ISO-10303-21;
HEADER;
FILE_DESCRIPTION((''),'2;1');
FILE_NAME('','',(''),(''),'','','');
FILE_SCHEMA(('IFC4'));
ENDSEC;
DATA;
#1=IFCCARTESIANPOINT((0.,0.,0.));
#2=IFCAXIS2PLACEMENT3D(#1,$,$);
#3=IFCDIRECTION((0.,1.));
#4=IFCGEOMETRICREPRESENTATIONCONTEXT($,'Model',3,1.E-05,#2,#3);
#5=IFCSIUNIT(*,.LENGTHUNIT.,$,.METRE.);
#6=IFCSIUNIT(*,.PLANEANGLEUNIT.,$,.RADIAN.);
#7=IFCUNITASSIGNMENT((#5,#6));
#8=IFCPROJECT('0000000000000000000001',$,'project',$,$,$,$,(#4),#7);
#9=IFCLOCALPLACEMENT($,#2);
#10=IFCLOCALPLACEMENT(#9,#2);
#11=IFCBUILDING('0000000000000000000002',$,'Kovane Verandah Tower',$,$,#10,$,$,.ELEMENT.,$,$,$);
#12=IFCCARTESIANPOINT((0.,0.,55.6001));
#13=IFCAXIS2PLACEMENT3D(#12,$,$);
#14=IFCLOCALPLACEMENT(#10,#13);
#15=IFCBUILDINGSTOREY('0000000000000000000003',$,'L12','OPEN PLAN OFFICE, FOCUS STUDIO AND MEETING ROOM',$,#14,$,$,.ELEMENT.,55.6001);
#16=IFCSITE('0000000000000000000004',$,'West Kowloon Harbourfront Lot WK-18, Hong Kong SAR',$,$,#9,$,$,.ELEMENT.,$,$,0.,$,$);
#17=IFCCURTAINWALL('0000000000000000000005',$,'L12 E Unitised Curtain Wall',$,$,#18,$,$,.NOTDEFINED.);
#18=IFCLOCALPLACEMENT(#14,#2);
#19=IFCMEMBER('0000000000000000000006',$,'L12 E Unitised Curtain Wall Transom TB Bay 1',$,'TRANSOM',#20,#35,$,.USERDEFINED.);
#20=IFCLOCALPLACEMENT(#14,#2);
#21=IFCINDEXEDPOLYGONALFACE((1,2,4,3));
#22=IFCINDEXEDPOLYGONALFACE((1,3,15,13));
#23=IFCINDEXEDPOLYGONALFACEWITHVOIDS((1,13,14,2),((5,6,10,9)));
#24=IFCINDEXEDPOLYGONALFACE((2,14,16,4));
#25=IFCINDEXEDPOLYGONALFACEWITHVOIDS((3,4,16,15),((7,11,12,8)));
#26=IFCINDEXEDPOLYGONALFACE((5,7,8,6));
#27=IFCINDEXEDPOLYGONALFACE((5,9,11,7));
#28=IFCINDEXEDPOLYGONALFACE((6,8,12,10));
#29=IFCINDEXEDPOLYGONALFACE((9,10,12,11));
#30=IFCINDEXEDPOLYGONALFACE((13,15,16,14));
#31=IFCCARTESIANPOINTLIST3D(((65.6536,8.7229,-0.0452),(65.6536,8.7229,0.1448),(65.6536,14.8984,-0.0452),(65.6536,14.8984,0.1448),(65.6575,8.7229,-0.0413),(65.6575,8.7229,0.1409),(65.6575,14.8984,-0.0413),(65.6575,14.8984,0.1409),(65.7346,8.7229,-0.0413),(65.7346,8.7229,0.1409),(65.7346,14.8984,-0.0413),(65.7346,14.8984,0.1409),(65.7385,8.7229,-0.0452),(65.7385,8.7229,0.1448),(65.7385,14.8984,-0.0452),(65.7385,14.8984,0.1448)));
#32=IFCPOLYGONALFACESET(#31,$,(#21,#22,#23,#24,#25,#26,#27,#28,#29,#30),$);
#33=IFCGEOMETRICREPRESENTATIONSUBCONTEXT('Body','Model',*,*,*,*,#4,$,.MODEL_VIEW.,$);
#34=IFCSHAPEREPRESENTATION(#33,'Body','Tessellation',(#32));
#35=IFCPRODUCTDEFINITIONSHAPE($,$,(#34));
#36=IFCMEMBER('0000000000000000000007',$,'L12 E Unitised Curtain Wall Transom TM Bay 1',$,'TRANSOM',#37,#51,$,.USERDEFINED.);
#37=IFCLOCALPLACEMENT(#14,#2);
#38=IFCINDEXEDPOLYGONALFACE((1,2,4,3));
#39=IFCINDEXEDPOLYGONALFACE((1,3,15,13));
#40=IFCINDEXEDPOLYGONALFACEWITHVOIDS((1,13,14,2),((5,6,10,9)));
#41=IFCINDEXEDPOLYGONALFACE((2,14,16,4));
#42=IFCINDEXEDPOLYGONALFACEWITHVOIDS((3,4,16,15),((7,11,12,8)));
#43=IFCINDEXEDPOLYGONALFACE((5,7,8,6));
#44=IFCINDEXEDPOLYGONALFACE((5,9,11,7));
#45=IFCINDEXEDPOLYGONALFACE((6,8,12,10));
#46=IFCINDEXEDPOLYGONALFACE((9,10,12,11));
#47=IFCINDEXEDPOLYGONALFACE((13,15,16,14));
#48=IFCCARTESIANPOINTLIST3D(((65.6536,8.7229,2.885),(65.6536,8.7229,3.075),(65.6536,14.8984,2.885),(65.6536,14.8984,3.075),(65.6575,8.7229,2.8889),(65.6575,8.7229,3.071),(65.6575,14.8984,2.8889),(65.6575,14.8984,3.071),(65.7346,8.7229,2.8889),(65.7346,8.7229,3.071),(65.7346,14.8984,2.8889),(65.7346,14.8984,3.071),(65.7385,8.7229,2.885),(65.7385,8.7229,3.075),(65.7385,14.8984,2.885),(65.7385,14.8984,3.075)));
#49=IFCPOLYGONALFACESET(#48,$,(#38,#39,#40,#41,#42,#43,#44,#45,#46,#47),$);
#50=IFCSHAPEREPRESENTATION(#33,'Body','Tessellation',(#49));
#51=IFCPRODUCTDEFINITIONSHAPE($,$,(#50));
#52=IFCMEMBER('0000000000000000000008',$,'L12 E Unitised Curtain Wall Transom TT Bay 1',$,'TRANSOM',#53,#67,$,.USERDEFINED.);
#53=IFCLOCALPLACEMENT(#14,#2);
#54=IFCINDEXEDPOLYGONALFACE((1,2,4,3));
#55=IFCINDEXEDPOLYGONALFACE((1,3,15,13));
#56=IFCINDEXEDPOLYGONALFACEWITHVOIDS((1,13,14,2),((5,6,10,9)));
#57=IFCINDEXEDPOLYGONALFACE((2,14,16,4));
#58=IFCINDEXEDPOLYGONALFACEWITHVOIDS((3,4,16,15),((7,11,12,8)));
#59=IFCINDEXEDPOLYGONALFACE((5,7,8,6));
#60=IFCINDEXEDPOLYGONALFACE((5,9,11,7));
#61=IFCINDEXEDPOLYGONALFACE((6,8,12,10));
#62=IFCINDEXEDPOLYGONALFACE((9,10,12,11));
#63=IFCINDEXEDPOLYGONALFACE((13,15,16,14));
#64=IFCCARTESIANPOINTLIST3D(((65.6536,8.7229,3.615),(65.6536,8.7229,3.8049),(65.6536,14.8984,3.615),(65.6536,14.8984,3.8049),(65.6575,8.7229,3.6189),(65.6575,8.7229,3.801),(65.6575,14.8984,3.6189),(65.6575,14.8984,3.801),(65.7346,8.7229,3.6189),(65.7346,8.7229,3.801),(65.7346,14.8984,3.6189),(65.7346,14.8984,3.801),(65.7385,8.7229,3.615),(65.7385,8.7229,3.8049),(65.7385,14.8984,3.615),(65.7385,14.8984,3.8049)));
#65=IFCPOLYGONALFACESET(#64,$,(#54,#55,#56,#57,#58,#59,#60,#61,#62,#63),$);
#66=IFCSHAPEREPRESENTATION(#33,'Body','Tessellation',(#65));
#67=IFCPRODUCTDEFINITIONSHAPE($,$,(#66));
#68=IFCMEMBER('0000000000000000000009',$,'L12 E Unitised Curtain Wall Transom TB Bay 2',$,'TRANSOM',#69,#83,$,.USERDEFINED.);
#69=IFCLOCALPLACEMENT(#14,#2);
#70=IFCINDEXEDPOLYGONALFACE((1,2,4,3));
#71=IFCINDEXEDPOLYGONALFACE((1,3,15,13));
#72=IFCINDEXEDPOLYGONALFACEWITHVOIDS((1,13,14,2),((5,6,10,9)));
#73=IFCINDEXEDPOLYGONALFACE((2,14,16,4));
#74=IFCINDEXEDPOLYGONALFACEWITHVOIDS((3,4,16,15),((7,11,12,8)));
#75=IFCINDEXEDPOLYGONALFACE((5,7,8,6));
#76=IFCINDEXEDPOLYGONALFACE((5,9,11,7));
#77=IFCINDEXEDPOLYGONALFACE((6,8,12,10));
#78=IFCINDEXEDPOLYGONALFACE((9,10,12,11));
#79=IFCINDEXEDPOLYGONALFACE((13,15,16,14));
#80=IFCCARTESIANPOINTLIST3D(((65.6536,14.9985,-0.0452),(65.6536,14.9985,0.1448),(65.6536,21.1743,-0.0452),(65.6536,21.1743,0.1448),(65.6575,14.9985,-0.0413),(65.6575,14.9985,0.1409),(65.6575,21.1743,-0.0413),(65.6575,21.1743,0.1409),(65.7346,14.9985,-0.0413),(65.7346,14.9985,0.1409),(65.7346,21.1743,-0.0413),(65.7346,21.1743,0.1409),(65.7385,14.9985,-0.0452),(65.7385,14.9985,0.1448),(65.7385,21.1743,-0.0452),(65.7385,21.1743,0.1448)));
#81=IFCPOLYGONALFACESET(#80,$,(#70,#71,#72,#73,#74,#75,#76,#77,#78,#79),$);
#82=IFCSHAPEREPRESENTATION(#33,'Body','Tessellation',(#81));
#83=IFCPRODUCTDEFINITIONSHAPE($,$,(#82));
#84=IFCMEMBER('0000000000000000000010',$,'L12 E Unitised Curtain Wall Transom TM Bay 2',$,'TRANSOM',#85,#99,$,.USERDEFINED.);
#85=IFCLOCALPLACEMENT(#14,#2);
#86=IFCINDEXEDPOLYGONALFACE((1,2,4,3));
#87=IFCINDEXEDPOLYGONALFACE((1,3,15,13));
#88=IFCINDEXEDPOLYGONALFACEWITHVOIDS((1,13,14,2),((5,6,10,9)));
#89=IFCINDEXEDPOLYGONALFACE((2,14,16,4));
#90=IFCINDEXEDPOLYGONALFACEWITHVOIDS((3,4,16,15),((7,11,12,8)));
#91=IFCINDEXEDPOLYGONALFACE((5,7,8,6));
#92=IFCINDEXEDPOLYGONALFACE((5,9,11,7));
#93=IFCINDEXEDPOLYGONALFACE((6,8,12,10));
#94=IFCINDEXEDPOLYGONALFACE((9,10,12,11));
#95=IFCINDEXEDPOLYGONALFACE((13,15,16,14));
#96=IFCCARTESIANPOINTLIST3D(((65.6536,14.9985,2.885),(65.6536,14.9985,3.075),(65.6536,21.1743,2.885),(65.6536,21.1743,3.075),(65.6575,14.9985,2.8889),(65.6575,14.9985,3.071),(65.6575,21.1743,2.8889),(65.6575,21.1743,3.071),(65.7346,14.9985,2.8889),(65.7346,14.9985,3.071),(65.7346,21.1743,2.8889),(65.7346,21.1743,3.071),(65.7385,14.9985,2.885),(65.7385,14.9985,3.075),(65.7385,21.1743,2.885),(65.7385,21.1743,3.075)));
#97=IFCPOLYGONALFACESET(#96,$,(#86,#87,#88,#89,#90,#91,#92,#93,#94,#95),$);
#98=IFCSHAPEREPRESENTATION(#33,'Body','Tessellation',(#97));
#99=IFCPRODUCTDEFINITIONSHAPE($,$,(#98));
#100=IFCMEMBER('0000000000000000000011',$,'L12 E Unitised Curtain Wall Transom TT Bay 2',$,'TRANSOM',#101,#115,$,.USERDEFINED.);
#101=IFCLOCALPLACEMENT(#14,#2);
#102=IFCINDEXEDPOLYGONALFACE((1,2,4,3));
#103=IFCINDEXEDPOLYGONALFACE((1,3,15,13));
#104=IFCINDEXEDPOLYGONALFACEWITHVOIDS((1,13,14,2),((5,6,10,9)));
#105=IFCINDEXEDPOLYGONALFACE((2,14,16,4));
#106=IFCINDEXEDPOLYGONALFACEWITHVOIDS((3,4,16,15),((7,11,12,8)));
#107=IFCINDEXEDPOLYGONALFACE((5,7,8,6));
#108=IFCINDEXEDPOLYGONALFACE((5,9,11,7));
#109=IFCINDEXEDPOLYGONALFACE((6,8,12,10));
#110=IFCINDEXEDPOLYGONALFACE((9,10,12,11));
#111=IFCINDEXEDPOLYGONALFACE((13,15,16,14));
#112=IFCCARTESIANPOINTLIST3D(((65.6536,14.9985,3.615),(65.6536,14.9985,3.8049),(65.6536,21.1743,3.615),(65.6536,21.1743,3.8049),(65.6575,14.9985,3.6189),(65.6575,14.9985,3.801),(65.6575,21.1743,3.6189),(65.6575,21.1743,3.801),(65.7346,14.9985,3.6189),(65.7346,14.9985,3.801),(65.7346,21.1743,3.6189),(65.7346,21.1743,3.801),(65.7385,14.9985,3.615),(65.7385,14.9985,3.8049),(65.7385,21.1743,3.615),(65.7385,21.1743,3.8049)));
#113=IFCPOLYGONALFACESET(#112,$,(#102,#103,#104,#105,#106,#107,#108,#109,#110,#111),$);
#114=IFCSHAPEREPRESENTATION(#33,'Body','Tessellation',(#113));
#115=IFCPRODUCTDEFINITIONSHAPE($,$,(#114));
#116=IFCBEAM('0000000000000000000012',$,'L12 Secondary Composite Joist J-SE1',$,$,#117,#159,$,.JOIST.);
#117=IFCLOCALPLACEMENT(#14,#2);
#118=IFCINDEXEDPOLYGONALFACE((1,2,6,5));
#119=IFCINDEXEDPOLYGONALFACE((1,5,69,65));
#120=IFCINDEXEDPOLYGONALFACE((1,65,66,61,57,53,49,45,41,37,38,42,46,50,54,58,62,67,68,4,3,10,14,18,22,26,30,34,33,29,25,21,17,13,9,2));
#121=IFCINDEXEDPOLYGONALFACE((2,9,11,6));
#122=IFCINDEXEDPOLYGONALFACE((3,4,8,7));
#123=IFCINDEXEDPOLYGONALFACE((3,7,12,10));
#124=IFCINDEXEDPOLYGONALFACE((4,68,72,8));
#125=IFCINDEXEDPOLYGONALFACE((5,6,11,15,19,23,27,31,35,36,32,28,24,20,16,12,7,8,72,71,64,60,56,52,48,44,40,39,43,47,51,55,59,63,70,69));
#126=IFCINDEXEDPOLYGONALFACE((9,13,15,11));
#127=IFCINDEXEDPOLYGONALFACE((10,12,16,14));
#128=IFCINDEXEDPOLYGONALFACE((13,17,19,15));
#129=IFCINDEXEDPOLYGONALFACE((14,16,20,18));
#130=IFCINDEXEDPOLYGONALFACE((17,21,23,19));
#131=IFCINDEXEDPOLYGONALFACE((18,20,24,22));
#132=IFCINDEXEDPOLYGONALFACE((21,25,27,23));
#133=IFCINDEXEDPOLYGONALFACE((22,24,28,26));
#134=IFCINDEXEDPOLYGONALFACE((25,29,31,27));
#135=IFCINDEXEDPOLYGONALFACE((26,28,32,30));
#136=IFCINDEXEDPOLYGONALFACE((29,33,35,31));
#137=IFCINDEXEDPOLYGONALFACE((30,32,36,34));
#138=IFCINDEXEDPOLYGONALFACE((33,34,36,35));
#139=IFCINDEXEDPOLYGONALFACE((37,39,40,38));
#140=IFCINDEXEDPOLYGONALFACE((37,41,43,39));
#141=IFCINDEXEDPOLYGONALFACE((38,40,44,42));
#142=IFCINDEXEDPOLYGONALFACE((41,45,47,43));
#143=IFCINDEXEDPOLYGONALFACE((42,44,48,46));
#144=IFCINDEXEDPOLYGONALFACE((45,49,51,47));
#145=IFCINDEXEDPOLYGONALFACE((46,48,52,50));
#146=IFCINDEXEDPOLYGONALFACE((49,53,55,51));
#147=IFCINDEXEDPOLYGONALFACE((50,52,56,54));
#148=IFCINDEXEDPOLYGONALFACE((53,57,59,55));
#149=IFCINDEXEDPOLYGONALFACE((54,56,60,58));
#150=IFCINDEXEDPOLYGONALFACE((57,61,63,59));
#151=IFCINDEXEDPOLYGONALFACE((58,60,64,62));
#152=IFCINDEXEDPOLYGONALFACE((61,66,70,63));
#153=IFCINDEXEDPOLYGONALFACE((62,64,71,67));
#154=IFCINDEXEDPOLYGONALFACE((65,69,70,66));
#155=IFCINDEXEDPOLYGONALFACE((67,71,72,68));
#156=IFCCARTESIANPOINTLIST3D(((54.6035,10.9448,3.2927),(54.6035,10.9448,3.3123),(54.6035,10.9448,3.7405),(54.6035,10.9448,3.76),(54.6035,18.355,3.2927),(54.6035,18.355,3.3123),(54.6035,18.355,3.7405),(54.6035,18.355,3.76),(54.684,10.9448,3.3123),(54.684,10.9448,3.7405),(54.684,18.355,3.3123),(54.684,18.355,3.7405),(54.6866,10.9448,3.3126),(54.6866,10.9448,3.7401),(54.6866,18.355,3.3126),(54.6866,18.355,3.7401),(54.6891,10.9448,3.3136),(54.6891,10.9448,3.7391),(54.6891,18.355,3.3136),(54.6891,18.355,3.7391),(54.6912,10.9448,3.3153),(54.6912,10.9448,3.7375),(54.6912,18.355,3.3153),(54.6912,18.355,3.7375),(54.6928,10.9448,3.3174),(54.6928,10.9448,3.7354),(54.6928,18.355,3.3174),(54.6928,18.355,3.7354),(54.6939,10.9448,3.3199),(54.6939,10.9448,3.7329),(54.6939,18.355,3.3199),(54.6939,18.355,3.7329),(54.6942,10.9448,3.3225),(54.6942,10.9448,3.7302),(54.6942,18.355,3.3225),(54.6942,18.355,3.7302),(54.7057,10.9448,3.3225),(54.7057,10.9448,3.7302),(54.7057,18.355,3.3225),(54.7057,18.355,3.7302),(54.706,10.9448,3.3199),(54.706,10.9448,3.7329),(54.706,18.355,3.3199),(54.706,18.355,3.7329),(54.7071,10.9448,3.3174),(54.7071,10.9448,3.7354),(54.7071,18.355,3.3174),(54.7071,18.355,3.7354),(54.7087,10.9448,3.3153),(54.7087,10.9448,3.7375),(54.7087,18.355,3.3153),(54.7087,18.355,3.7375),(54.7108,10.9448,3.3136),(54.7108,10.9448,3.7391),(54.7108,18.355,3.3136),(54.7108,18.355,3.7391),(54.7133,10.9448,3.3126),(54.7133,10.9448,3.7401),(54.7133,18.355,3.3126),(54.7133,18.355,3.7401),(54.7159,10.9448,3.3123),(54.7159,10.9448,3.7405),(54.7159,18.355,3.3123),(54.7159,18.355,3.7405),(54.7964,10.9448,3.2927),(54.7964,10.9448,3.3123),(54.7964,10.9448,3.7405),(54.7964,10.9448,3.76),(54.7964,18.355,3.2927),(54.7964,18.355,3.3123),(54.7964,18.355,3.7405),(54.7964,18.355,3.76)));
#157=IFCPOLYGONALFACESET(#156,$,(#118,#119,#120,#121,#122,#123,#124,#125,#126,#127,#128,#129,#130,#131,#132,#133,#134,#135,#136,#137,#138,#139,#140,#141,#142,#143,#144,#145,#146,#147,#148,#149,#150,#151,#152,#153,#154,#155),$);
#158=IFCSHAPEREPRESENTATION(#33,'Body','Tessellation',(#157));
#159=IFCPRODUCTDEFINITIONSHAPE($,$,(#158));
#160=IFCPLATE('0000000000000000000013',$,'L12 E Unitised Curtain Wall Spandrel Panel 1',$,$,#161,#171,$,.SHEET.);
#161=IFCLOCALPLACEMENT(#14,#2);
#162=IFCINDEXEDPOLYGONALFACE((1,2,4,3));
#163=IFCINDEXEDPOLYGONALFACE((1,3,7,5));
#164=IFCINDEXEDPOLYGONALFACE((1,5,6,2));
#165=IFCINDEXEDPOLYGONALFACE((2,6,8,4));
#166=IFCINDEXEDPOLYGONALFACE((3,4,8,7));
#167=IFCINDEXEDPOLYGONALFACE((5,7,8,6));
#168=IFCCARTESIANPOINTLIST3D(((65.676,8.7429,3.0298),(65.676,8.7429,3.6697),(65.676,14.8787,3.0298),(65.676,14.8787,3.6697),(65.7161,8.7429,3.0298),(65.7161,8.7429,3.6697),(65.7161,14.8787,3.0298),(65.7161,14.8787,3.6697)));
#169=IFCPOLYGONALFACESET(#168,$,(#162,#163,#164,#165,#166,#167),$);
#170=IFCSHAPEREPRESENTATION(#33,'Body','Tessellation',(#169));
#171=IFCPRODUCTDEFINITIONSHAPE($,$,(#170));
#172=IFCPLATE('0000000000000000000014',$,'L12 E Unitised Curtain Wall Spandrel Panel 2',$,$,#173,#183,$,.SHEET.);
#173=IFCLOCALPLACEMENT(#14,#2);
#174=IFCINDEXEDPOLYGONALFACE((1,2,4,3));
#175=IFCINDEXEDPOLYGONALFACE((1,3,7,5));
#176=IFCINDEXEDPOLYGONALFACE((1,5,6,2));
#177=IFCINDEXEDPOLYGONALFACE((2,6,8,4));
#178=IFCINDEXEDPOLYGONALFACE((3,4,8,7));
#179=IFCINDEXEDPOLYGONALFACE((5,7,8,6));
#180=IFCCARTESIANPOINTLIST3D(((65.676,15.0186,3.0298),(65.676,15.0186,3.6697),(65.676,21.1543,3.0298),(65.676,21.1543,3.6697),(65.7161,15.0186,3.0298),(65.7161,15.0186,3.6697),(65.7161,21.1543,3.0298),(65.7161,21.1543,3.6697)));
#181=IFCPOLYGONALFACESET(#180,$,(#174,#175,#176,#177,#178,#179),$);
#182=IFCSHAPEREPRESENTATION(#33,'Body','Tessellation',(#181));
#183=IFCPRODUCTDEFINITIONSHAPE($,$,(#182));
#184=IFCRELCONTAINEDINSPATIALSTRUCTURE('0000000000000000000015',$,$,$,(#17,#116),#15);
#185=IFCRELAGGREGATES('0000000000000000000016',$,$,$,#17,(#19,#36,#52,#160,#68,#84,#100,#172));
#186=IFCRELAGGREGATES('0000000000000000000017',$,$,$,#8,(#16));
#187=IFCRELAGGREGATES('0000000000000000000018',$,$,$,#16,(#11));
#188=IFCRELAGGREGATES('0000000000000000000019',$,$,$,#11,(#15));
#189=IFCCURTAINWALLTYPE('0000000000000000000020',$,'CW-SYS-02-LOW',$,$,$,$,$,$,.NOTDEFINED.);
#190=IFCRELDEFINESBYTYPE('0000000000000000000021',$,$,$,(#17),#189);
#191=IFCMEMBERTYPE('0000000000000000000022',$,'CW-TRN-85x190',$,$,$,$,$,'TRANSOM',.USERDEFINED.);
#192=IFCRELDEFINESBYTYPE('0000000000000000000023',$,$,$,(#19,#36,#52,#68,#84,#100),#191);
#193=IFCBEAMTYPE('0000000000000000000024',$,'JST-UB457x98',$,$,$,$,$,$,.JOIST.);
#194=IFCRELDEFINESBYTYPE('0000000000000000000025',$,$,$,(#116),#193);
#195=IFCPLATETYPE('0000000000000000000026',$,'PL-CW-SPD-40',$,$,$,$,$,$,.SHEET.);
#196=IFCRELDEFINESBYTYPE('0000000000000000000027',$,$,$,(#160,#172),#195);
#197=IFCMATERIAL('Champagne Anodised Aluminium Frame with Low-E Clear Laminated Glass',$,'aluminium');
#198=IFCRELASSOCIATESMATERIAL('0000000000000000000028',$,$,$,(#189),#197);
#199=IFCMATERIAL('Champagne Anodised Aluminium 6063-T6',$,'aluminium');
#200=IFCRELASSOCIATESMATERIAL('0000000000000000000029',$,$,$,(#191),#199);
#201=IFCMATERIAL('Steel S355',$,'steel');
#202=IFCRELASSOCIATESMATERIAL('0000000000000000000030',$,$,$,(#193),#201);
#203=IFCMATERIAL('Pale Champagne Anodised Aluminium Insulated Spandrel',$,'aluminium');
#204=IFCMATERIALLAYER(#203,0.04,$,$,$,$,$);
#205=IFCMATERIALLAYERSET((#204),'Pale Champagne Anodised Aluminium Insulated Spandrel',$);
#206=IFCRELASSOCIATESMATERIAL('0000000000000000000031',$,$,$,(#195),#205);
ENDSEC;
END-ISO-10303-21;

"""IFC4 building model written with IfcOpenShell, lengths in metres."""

from ifc_helpers import new_model, si_unit, direction, frame, origin, origin_2d, place, context, subcontext, project, spatial, rectangle, hollow_rectangle, i_section, extrude, material, layer, layer_set, material_profile, profile_set, type_object, element, aggregate, save


model = new_model("IFC4")

# Units and contexts
model_context = context("Model", 3, precision=1e-05, world=origin(), true_north=direction((0.0, 1.0)))
body_context = subcontext(model_context, "Body", "Model", "MODEL_VIEW")
ifc_project = project(units=[si_unit("LENGTHUNIT", "METRE"), si_unit("PLANEANGLEUNIT", "RADIAN")], contexts=[model_context])

# Site, building, storey
site_placement = place(None, origin())
site = spatial("IfcSite", under=ifc_project, at=site_placement, Name="West Kowloon Harbourfront Lot WK-18, Hong Kong SAR", CompositionType="ELEMENT", RefElevation=0.0)
building_placement = place(site_placement, origin())
building = spatial("IfcBuilding", under=site, at=building_placement, Name="Kovane Verandah Tower", CompositionType="ELEMENT")
storey_placement = place(building_placement, frame((0.0, 0.0, 55.6001)))
storey = spatial("IfcBuildingStorey", under=building, at=storey_placement, Name="L12", Description="OPEN PLAN OFFICE, FOCUS STUDIO AND MEETING ROOM", CompositionType="ELEMENT", Elevation=55.6001)

# Shared definitions
ifc_material_1 = material(Name="Steel S355", Category="steel")

# Curtain wall, members
ifc_material_2 = material(Name="Champagne Anodised Aluminium Frame with Low-E Clear Laminated Glass", Category="aluminium")
curtain_wall_type = type_object("IfcCurtainWallType", Name="CW-SYS-02-LOW", PredefinedType="NOTDEFINED", material=ifc_material_2)
curtain_wall_placement = place(storey_placement, origin())
curtain_wall = element("IfcCurtainWall", 1, at=curtain_wall_placement, inside=storey, type_object=curtain_wall_type, Name="L12 E Unitised Curtain Wall", PredefinedType="NOTDEFINED")
ifc_material_3 = material(Name="Champagne Anodised Aluminium 6063-T6", Category="aluminium")
ifc_material_profile_1 = material_profile(ifc_material_3, hollow_rectangle(XDim=0.085, YDim=0.1899, WallThickness=0.0039, at=origin_2d()), Name="AL85x190x4")
ifc_profile_set_1 = profile_set([ifc_material_profile_1], Name="Champagne Anodised Aluminium 6063-T6")
member_type_1 = type_object("IfcMemberType", Name="CW-TRN-85x190", ElementType="TRANSOM", PredefinedType="USERDEFINED", material=ifc_profile_set_1)
member_1_placement = place(storey_placement, frame((65.696, 8.7229, 0.0498), z_axis=(0.0, 1.0, 0.0), x_axis=(-1.0, 0.0, 0.0)))
member_1 = element("IfcMember", 2, at=member_1_placement, type_object=member_type_1, Name="L12 E Unitised Curtain Wall Transom TB Bay 1", ObjectType="TRANSOM", PredefinedType="USERDEFINED", context=body_context, shape_type="SweptSolid", body=[
    extrude(hollow_rectangle(XDim=0.085, YDim=0.1899, WallThickness=0.0039, at=origin_2d()), origin(), (0.0, 0.0, 1.0), 6.1755),
])
member_2_placement = place(storey_placement, frame((65.696, 8.7229, 2.98), z_axis=(0.0, 1.0, 0.0), x_axis=(-1.0, 0.0, 0.0)))
member_2 = element("IfcMember", 3, at=member_2_placement, type_object=member_type_1, Name="L12 E Unitised Curtain Wall Transom TM Bay 1", ObjectType="TRANSOM", PredefinedType="USERDEFINED", context=body_context, shape_type="SweptSolid", body=[
    extrude(hollow_rectangle(XDim=0.085, YDim=0.1899, WallThickness=0.0039, at=origin_2d()), origin(), (0.0, 0.0, 1.0), 6.1755),
])
member_3_placement = place(storey_placement, frame((65.696, 8.7229, 3.71), z_axis=(0.0, 1.0, 0.0), x_axis=(-1.0, 0.0, 0.0)))
member_3 = element("IfcMember", 4, at=member_3_placement, type_object=member_type_1, Name="L12 E Unitised Curtain Wall Transom TT Bay 1", ObjectType="TRANSOM", PredefinedType="USERDEFINED", context=body_context, shape_type="SweptSolid", body=[
    extrude(hollow_rectangle(XDim=0.085, YDim=0.1899, WallThickness=0.0039, at=origin_2d()), origin(), (0.0, 0.0, 1.0), 6.1755),
])
member_4_placement = place(storey_placement, frame((65.696, 14.9985, 0.0498), z_axis=(0.0, 1.0, 0.0), x_axis=(-1.0, 0.0, 0.0)))
member_4 = element("IfcMember", 5, at=member_4_placement, type_object=member_type_1, Name="L12 E Unitised Curtain Wall Transom TB Bay 2", ObjectType="TRANSOM", PredefinedType="USERDEFINED", context=body_context, shape_type="SweptSolid", body=[
    extrude(hollow_rectangle(XDim=0.085, YDim=0.1899, WallThickness=0.0039, at=origin_2d()), origin(), (0.0, 0.0, 1.0), 6.1758),
])
member_5_placement = place(storey_placement, frame((65.696, 14.9985, 2.98), z_axis=(0.0, 1.0, 0.0), x_axis=(-1.0, 0.0, 0.0)))
member_5 = element("IfcMember", 6, at=member_5_placement, type_object=member_type_1, Name="L12 E Unitised Curtain Wall Transom TM Bay 2", ObjectType="TRANSOM", PredefinedType="USERDEFINED", context=body_context, shape_type="SweptSolid", body=[
    extrude(hollow_rectangle(XDim=0.085, YDim=0.1899, WallThickness=0.0039, at=origin_2d()), origin(), (0.0, 0.0, 1.0), 6.1758),
])
member_6_placement = place(storey_placement, frame((65.696, 14.9985, 3.71), z_axis=(0.0, 1.0, 0.0), x_axis=(-1.0, 0.0, 0.0)))
member_6 = element("IfcMember", 7, at=member_6_placement, type_object=member_type_1, Name="L12 E Unitised Curtain Wall Transom TT Bay 2", ObjectType="TRANSOM", PredefinedType="USERDEFINED", context=body_context, shape_type="SweptSolid", body=[
    extrude(hollow_rectangle(XDim=0.085, YDim=0.1899, WallThickness=0.0039, at=origin_2d()), origin(), (0.0, 0.0, 1.0), 6.1758),
])

# Beam
ifc_material_profile_2 = material_profile(ifc_material_1, i_section(OverallWidth=0.1929, OverallDepth=0.4673, WebThickness=0.0115, FlangeThickness=0.0195, FilletRadius=0.0103, at=origin_2d()), Name="UB457x191x98")
ifc_profile_set_2 = profile_set([ifc_material_profile_2], Name="Steel S355")
beam_type_1 = type_object("IfcBeamType", Name="JST-UB457x98", PredefinedType="JOIST", material=ifc_profile_set_2)
beam_1_placement = place(storey_placement, frame((54.7, 10.9448, 3.5264), z_axis=(0.0, 1.0, 0.0), x_axis=(-1.0, 0.0, 0.0)))
element("IfcBeam", 8, at=beam_1_placement, inside=storey, type_object=beam_type_1, Name="L12 Secondary Composite Joist J-SE1", PredefinedType="JOIST", context=body_context, shape_type="SweptSolid", body=[
    extrude(i_section(OverallWidth=0.1929, OverallDepth=0.4673, WebThickness=0.0115, FlangeThickness=0.0195, FilletRadius=0.0103, at=origin_2d()), origin(), (0.0, 0.0, 1.0), 7.4102),
])

# Plates
ifc_material_4 = material(Name="Pale Champagne Anodised Aluminium Insulated Spandrel", Category="aluminium")
ifc_layer_1 = layer(ifc_material_4, 0.04)
ifc_layer_set_1 = layer_set([ifc_layer_1], Name="Pale Champagne Anodised Aluminium Insulated Spandrel")
plate_type_1 = type_object("IfcPlateType", Name="PL-CW-SPD-40", PredefinedType="SHEET", material=ifc_layer_set_1)
plate_1_placement = place(storey_placement, frame((65.696, 11.8108, 3.0298), z_axis=(0.0, 0.0, 1.0), x_axis=(0.0, 1.0, 0.0)))
plate_1 = element("IfcPlate", 9, at=plate_1_placement, type_object=plate_type_1, Name="L12 E Unitised Curtain Wall Spandrel Panel 1", PredefinedType="SHEET", context=body_context, shape_type="SweptSolid", body=[
    extrude(rectangle(XDim=6.1357, YDim=0.04, at=origin_2d()), origin(), (0.0, 0.0, 1.0), 0.6399),
])
plate_2_placement = place(storey_placement, frame((65.696, 18.0864, 3.0298), z_axis=(0.0, 0.0, 1.0), x_axis=(0.0, 1.0, 0.0)))
plate_2 = element("IfcPlate", 10, at=plate_2_placement, type_object=plate_type_1, Name="L12 E Unitised Curtain Wall Spandrel Panel 2", PredefinedType="SHEET", context=body_context, shape_type="SweptSolid", body=[
    extrude(rectangle(XDim=6.1357, YDim=0.04, at=origin_2d()), origin(), (0.0, 0.0, 1.0), 0.6399),
])
aggregate(curtain_wall, [member_1, member_2, member_3, plate_1, member_4, member_5, member_6, plate_2])

save(model, "model.ifc")
